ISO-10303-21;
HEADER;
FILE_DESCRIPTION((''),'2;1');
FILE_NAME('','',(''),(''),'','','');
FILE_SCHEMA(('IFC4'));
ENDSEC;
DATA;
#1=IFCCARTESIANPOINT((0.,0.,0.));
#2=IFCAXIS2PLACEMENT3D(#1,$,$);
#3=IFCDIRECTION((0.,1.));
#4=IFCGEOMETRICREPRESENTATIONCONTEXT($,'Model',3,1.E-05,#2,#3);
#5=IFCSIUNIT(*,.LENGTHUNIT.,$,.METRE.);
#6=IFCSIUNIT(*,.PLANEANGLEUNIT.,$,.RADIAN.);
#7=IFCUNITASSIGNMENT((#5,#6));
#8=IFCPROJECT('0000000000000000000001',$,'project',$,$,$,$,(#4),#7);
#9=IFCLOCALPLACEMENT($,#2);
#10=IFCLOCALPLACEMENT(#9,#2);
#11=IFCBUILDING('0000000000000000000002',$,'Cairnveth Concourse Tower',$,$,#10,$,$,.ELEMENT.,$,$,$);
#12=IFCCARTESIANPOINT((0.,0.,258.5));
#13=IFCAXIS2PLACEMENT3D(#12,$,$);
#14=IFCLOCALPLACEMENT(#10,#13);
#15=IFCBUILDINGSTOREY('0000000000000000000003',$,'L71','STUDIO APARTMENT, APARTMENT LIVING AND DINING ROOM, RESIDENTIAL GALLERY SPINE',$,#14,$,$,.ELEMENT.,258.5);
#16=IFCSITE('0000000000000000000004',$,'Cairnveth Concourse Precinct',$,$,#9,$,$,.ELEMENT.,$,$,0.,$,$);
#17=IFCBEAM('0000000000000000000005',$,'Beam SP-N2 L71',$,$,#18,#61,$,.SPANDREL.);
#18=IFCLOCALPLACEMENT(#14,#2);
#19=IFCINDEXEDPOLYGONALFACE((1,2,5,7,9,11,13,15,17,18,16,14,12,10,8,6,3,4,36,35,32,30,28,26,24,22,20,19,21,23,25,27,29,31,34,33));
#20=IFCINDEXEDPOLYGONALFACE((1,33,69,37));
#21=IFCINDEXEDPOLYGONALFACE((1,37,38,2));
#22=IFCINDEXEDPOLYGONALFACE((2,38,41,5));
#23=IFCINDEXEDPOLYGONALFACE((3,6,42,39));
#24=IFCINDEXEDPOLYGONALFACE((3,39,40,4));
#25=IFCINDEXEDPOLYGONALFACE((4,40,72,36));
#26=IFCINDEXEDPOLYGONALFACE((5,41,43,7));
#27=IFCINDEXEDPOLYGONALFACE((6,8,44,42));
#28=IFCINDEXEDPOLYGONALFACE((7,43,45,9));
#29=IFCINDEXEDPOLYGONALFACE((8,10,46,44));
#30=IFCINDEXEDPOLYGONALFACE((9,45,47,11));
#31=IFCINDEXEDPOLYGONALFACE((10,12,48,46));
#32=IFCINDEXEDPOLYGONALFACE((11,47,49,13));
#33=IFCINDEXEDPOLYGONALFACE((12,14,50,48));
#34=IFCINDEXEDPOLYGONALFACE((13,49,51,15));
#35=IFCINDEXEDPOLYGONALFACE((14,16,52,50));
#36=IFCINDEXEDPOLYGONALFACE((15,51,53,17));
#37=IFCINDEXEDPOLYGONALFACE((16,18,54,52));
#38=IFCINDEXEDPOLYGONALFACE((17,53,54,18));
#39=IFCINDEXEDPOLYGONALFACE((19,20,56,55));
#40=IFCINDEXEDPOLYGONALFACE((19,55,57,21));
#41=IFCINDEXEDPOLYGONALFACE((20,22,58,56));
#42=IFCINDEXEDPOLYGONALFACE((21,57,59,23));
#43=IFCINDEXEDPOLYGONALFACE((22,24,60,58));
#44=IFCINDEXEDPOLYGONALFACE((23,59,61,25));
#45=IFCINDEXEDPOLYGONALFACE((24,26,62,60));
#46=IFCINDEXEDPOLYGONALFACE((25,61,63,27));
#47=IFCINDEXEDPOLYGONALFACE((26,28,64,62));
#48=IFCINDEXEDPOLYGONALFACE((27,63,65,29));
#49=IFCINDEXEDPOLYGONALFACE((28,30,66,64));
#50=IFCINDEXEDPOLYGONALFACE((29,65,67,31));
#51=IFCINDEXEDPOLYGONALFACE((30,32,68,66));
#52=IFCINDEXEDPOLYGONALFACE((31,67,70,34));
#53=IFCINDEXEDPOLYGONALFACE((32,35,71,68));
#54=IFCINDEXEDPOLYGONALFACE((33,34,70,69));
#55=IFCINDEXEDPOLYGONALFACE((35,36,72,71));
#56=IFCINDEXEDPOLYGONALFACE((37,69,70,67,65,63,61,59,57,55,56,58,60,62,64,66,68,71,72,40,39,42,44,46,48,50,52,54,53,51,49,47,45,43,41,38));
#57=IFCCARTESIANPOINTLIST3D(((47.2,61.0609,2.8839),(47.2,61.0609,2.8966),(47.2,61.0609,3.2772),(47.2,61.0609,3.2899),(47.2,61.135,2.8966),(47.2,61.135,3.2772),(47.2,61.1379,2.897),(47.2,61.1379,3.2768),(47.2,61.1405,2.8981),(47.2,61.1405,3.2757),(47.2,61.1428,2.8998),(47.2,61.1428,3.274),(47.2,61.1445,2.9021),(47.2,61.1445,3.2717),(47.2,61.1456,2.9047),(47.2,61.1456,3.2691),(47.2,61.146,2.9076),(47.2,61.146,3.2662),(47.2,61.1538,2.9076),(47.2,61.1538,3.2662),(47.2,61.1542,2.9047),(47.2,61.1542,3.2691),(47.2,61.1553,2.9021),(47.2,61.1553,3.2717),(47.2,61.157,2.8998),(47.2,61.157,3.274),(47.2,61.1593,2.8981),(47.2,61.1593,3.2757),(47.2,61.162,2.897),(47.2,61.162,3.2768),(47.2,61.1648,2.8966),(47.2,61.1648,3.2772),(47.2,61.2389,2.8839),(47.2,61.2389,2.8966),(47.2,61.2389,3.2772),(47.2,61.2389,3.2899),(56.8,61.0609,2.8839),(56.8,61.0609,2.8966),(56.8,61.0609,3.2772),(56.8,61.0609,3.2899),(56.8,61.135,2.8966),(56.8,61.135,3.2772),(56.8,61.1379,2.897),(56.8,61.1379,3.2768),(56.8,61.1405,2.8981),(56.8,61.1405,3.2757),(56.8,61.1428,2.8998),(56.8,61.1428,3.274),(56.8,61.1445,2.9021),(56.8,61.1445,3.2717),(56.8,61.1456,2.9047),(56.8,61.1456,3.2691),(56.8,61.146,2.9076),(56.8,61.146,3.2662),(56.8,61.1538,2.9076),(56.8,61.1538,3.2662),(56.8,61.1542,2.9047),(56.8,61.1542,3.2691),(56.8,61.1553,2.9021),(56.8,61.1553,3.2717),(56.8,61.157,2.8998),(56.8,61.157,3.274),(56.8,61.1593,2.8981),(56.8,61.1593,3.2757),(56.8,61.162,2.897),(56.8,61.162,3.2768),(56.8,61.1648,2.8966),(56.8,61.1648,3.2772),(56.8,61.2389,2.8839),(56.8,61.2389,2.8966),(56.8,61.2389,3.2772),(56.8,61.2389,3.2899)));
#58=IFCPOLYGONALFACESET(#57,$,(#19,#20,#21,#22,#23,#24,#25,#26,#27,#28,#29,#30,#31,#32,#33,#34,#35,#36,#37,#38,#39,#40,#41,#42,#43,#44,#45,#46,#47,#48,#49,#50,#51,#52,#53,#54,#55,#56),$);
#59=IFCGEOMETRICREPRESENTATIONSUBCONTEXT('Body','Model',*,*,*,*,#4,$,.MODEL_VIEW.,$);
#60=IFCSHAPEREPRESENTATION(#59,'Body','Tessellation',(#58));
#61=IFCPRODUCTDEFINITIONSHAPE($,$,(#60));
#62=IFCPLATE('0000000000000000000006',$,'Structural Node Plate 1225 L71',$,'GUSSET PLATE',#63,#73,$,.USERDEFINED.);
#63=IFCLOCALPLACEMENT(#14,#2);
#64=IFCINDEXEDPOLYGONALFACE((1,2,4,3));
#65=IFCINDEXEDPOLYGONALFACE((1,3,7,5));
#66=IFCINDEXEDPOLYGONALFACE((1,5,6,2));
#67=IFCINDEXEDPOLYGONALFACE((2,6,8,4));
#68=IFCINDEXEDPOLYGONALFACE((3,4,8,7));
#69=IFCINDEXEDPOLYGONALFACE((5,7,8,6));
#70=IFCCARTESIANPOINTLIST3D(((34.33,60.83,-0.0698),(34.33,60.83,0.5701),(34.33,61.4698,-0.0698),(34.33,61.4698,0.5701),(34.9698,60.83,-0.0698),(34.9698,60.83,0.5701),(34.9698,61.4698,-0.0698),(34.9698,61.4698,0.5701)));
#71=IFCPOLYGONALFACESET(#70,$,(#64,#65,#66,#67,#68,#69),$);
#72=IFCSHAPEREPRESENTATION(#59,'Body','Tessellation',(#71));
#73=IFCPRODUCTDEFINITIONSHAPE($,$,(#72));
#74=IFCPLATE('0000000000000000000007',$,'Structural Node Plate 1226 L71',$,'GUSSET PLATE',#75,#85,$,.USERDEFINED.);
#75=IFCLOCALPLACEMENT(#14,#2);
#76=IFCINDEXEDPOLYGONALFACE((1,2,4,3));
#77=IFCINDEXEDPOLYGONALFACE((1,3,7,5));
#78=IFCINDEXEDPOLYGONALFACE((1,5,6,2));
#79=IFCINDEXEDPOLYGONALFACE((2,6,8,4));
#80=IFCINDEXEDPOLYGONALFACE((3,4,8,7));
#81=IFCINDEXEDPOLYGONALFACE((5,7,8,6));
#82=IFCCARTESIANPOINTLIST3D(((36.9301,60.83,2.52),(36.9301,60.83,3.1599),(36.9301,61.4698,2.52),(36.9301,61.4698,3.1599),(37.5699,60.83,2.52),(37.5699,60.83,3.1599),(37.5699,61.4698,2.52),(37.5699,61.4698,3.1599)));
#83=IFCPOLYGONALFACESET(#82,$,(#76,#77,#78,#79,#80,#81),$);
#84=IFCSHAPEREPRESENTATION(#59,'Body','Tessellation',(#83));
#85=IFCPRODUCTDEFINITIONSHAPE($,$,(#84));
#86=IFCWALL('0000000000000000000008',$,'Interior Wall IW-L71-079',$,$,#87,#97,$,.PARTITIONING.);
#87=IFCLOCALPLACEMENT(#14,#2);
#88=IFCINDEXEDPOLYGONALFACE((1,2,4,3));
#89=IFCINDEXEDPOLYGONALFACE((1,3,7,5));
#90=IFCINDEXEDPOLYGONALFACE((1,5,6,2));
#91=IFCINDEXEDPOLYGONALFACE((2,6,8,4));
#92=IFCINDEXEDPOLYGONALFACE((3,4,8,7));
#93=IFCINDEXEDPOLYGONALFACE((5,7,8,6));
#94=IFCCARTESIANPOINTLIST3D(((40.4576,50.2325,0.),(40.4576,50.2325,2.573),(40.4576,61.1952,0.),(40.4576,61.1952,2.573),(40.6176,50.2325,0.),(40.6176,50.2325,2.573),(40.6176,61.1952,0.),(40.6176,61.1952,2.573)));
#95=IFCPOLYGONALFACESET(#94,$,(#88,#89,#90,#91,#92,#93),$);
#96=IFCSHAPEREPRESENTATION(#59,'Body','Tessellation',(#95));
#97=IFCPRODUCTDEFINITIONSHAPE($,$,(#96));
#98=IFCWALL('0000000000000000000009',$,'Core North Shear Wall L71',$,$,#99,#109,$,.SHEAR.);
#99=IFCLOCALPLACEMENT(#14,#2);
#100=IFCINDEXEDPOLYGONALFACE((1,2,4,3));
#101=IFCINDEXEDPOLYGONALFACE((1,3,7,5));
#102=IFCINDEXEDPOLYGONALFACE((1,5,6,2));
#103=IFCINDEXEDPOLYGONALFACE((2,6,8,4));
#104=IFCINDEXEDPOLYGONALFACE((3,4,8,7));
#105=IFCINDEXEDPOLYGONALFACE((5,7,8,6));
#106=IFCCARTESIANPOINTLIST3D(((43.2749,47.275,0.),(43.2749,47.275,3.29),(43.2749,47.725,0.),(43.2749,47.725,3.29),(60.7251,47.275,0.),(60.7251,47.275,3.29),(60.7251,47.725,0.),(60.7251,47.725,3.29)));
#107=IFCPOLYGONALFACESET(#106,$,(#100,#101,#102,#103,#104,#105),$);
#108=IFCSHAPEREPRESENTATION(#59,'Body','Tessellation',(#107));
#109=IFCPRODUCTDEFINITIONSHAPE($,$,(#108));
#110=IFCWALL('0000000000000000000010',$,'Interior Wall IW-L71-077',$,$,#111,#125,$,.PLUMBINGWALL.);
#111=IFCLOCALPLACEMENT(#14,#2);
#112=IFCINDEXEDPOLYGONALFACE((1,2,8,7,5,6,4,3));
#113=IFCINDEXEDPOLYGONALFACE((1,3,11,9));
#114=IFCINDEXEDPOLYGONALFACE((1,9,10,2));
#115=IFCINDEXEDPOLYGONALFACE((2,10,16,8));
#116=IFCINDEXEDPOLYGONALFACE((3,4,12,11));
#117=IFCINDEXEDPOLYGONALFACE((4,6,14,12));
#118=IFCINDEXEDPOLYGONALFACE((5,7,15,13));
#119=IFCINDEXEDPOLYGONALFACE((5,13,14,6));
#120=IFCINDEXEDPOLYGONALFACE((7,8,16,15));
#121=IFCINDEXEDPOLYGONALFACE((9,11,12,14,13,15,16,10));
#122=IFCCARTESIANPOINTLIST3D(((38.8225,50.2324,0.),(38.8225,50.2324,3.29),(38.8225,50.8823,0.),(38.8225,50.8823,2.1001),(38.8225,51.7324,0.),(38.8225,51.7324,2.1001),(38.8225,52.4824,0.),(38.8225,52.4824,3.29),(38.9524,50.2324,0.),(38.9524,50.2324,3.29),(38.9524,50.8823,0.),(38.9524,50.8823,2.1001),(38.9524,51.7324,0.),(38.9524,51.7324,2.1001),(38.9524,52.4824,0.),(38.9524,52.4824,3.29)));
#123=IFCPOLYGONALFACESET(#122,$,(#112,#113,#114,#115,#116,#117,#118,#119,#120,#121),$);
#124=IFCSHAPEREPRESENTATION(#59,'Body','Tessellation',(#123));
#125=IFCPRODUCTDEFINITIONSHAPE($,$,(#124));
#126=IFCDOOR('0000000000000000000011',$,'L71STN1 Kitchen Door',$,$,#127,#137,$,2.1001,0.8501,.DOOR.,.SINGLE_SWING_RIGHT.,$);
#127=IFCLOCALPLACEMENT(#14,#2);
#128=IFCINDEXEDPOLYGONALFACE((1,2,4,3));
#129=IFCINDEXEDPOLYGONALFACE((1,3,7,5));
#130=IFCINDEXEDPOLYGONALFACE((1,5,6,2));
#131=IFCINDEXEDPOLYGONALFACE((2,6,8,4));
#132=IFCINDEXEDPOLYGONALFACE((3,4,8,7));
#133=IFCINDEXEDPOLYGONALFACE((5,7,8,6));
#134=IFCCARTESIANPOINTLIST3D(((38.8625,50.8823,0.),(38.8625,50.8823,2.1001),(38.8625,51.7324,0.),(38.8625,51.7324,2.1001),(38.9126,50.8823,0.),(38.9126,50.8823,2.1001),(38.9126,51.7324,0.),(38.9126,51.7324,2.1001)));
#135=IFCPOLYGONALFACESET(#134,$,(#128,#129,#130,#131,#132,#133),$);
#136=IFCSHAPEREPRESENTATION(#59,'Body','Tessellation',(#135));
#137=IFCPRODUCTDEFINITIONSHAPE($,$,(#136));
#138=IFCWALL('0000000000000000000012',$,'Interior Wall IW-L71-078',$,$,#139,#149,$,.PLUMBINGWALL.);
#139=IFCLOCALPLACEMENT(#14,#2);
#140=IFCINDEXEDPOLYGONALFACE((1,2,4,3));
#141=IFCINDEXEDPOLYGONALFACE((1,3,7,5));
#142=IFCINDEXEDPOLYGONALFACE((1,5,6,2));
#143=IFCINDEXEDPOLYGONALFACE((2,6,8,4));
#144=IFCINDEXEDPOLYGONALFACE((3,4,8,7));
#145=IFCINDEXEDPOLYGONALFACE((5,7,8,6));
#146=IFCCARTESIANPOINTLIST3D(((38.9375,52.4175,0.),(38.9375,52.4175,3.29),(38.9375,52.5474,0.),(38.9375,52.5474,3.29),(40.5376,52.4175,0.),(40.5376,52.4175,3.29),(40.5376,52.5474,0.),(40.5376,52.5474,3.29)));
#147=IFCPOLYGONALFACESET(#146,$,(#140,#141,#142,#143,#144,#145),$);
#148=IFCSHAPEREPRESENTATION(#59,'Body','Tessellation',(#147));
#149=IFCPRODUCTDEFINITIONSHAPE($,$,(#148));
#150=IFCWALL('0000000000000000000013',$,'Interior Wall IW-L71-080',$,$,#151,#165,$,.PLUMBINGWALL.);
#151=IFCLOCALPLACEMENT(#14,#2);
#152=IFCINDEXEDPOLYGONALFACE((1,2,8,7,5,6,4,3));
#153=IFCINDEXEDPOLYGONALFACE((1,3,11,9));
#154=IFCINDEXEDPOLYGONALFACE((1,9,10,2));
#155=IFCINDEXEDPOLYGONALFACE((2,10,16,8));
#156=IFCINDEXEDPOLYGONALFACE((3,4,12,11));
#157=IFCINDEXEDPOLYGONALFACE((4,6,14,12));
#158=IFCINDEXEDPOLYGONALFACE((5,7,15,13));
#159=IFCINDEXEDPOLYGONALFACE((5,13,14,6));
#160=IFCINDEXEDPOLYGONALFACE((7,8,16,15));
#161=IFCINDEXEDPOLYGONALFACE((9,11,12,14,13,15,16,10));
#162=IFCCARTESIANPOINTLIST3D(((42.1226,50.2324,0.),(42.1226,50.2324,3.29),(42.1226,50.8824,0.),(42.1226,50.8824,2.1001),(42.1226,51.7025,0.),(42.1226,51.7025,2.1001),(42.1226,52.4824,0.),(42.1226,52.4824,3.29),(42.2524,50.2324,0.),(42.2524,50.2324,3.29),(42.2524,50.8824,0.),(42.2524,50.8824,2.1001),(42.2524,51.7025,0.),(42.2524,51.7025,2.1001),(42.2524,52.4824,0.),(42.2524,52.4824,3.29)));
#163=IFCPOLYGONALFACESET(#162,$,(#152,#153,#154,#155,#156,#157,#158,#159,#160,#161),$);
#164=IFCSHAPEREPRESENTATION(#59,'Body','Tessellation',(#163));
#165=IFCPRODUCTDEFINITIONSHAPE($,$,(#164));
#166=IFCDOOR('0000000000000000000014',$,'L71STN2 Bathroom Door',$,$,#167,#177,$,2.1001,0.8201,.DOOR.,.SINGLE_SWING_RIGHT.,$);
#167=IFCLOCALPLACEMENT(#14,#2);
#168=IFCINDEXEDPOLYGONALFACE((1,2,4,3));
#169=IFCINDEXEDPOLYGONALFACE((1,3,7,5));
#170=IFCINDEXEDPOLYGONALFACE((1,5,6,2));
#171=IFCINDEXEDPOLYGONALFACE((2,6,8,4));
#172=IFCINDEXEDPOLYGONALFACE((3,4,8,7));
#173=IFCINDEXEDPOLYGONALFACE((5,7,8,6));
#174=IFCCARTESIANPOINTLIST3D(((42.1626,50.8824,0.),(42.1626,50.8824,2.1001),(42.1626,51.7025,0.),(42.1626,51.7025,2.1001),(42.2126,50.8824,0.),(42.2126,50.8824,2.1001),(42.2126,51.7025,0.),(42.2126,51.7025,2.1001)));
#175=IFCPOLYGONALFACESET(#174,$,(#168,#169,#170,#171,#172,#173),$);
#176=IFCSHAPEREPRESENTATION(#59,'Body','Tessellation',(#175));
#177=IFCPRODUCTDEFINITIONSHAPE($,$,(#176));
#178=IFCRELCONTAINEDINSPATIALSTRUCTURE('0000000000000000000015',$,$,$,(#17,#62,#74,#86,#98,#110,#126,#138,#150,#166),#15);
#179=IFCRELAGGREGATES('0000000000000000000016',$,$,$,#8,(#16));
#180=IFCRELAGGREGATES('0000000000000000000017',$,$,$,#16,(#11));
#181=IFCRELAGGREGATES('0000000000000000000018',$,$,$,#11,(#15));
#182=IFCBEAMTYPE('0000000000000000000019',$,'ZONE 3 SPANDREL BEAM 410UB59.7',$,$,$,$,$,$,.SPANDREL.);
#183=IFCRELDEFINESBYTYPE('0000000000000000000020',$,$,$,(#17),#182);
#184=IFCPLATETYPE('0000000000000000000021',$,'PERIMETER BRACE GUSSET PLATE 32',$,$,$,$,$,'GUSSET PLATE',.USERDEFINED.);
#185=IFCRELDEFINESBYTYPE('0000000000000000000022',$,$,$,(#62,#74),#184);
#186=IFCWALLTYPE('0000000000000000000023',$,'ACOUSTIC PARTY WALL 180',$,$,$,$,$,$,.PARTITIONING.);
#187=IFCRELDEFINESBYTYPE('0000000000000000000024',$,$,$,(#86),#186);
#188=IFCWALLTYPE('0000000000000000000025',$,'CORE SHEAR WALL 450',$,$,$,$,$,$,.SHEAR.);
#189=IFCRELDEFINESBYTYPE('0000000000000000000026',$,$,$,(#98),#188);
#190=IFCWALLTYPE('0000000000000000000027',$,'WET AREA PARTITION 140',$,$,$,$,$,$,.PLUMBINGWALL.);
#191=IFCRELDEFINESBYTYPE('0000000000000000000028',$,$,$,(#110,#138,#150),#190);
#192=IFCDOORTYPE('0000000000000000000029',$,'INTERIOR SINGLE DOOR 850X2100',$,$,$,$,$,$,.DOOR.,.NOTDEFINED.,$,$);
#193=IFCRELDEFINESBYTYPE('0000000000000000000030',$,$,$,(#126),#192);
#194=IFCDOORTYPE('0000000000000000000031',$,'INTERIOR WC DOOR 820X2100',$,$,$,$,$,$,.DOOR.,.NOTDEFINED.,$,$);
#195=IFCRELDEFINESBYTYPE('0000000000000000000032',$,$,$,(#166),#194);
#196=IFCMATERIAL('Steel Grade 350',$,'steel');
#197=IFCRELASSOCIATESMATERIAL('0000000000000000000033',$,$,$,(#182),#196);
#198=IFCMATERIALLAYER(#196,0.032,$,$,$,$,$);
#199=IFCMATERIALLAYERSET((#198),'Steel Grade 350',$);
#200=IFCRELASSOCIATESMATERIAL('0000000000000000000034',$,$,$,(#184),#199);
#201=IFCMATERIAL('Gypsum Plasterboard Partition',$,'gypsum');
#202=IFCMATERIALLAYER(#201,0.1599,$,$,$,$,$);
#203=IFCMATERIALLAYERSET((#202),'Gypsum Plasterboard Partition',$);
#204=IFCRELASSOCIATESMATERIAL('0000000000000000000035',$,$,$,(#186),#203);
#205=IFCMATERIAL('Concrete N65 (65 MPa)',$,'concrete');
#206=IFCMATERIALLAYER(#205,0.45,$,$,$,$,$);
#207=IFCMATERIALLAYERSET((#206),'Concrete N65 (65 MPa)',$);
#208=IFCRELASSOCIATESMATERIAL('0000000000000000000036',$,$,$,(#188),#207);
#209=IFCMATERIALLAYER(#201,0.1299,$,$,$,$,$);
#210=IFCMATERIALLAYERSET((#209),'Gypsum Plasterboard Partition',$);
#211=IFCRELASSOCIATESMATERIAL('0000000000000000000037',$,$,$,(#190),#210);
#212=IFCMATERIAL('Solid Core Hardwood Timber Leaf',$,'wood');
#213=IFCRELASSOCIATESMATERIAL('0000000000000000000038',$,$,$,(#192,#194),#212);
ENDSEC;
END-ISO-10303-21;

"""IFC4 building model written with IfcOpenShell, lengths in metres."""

from ifc_helpers import new_model, si_unit, direction, frame, frame_2d, origin, origin_2d, place, context, subcontext, project, spatial, rectangle, i_section, extrude, material, layer, layer_set, material_profile, profile_set, type_object, element, fill, save


model = new_model("IFC4")

# Units and contexts
model_context = context("Model", 3, precision=1e-05, world=origin(), true_north=direction((0.0, 1.0)))
body_context = subcontext(model_context, "Body", "Model", "MODEL_VIEW")
ifc_project = project(units=[si_unit("LENGTHUNIT", "METRE"), si_unit("PLANEANGLEUNIT", "RADIAN")], contexts=[model_context])

# Site, building, storey
site_placement = place(None, origin())
site = spatial("IfcSite", under=ifc_project, at=site_placement, Name="Cairnveth Concourse Precinct", CompositionType="ELEMENT", RefElevation=0.0)
building_placement = place(site_placement, origin())
building = spatial("IfcBuilding", under=site, at=building_placement, Name="Cairnveth Concourse Tower", CompositionType="ELEMENT")
storey_placement = place(building_placement, frame((0.0, 0.0, 258.5)))
storey = spatial("IfcBuildingStorey", under=building, at=storey_placement, Name="L71", Description="STUDIO APARTMENT, APARTMENT LIVING AND DINING ROOM, RESIDENTIAL GALLERY SPINE", CompositionType="ELEMENT", Elevation=258.5)

# Shared definitions
ifc_material_1 = material(Name="Concrete N65 (65 MPa)", Category="concrete")

# Shared definitions
ifc_material_2 = material(Name="Steel Grade 350", Category="steel")

# Beam
ifc_material_profile_1 = material_profile(ifc_material_2, i_section(OverallWidth=0.178, OverallDepth=0.406, WebThickness=0.0078, FlangeThickness=0.0127, FilletRadius=0.011, at=origin_2d()), Name="410UB59.7")
ifc_profile_set_1 = profile_set([ifc_material_profile_1], Name="Steel Grade 350")
beam_type_1 = type_object("IfcBeamType", Name="ZONE 3 SPANDREL BEAM 410UB59.7", PredefinedType="SPANDREL", material=ifc_profile_set_1)
beam_1_placement = place(storey_placement, frame((47.2, 61.1499, 3.0869), z_axis=(1.0, 0.0, 0.0), x_axis=(0.0, 1.0, 0.0)))
element("IfcBeam", 1, at=beam_1_placement, inside=storey, type_object=beam_type_1, Name="Beam SP-N2 L71", PredefinedType="SPANDREL", context=body_context, shape_type="SweptSolid", body=[
    extrude(i_section(OverallWidth=0.178, OverallDepth=0.406, WebThickness=0.0078, FlangeThickness=0.0127, FilletRadius=0.011, at=origin_2d()), origin(), (0.0, 0.0, 1.0), 9.6001),
])

# Plates
ifc_layer_1 = layer(ifc_material_2, 0.032)
ifc_layer_set_1 = layer_set([ifc_layer_1], Name="Steel Grade 350")
plate_type = type_object("IfcPlateType", Name="PERIMETER BRACE GUSSET PLATE 32", ElementType="GUSSET PLATE", PredefinedType="USERDEFINED", material=ifc_layer_set_1)
for number, where, z_axis, x_axis, name in (
    (2, (34.6499, 61.1499, -0.0698), (0.0, 0.0, 1.0), (1.0, 0.0, 0.0), "Structural Node Plate 1225 L71"),
    (3, (37.25, 61.1499, 2.52), (0.0, 0.0, 1.0), (1.0, 0.0, 0.0), "Structural Node Plate 1226 L71"),
):
    element("IfcPlate", number, at=place(storey_placement, frame(where, z_axis=z_axis, x_axis=x_axis)), inside=storey, type_object=plate_type, Name=name, ObjectType="GUSSET PLATE", PredefinedType="USERDEFINED", context=body_context, shape_type="SweptSolid", body=[
        extrude(rectangle(XDim=0.6399, YDim=0.6399, at=origin_2d()), origin(), (0.0, 0.0, 1.0), 0.6399),
    ])

# Walls
ifc_material_3 = material(Name="Gypsum Plasterboard Partition", Category="gypsum")
ifc_layer_2 = layer(ifc_material_3, 0.1599)
ifc_layer_set_2 = layer_set([ifc_layer_2], Name="Gypsum Plasterboard Partition")
wall_type_1 = type_object("IfcWallType", Name="ACOUSTIC PARTY WALL 180", PredefinedType="PARTITIONING", material=ifc_layer_set_2)
wall_1_placement = place(storey_placement, frame((40.5376, 50.2324, 0.0), z_axis=(0.0, 0.0, 1.0), x_axis=(0.0, 1.0, 0.0)))
element("IfcWall", 4, at=wall_1_placement, inside=storey, type_object=wall_type_1, Name="Interior Wall IW-L71-079", PredefinedType="PARTITIONING", context=body_context, shape_type="SweptSolid", body=[
    extrude(rectangle(XDim=10.9626, YDim=0.1599, at=frame_2d((5.4814, 0.0))), origin(), (0.0, 0.0, 1.0), 2.573),
])
ifc_layer_3 = layer(ifc_material_1, 0.45)
ifc_layer_set_3 = layer_set([ifc_layer_3], Name="Concrete N65 (65 MPa)")
wall_type_2 = type_object("IfcWallType", Name="CORE SHEAR WALL 450", PredefinedType="SHEAR", material=ifc_layer_set_3)
wall_2_placement = place(storey_placement, frame((43.2749, 47.5, 0.0), z_axis=(0.0, 0.0, 1.0), x_axis=(1.0, 0.0, 0.0)))
element("IfcWall", 5, at=wall_2_placement, inside=storey, type_object=wall_type_2, Name="Core North Shear Wall L71", PredefinedType="SHEAR", context=body_context, shape_type="SweptSolid", body=[
    extrude(rectangle(XDim=17.4502, YDim=0.45, at=frame_2d((8.7251, 0.0))), origin(), (0.0, 0.0, 1.0), 3.29),
])

# Wall, opening, door
ifc_layer_4 = layer(ifc_material_3, 0.1299)
ifc_layer_set_4 = layer_set([ifc_layer_4], Name="Gypsum Plasterboard Partition")
wall_type_3 = type_object("IfcWallType", Name="WET AREA PARTITION 140", PredefinedType="PLUMBINGWALL", material=ifc_layer_set_4)
wall_3_placement = place(storey_placement, frame((38.8875, 50.2324, 0.0), z_axis=(0.0, 0.0, 1.0), x_axis=(0.0, 1.0, 0.0)))
wall_3 = element("IfcWall", 6, at=wall_3_placement, inside=storey, type_object=wall_type_3, Name="Interior Wall IW-L71-077", PredefinedType="PLUMBINGWALL", context=body_context, shape_type="SweptSolid", body=[
    extrude(rectangle(XDim=2.25, YDim=0.1299, at=frame_2d((1.125, 0.0))), origin(), (0.0, 0.0, 1.0), 3.29),
])
opening_1_placement = place(wall_3_placement, frame((0.6499, 0.0, 0.0)))
opening_1 = element("IfcOpeningElement", 7, at=opening_1_placement, cuts=wall_3, PredefinedType="OPENING", context=body_context, shape_type="SweptSolid", body=[
    extrude(rectangle(XDim=0.8501, YDim=2.1001, at=frame_2d((0.425, 1.05))), frame((0.0, 0.075, 0.0), z_axis=(0.0, -1.0, 0.0), x_axis=(1.0, 0.0, 0.0)), (0.0, 0.0, 1.0), 0.1499),
])
ifc_material_4 = material(Name="Solid Core Hardwood Timber Leaf", Category="wood")
door_type_1 = type_object("IfcDoorType", Name="INTERIOR SINGLE DOOR 850X2100", OperationType="NOTDEFINED", PredefinedType="DOOR", material=ifc_material_4)
door_1_placement = place(opening_1_placement, origin())
door_1 = element("IfcDoor", 8, at=door_1_placement, inside=storey, type_object=door_type_1, Name="L71STN1 Kitchen Door", OperationType="SINGLE_SWING_RIGHT", OverallHeight=2.1001, OverallWidth=0.8501, PredefinedType="DOOR", context=body_context, shape_type="SweptSolid", body=[
    extrude(rectangle(XDim=0.8501, YDim=2.1001, at=frame_2d((0.425, 1.05))), frame((0.0, 0.0249, 0.0), z_axis=(0.0, -1.0, 0.0), x_axis=(1.0, 0.0, 0.0)), (0.0, 0.0, 1.0), 0.05),
])
fill(opening_1, door_1)

# Wall
wall_4_placement = place(storey_placement, frame((38.9375, 52.4824, 0.0), z_axis=(0.0, 0.0, 1.0), x_axis=(1.0, 0.0, 0.0)))
element("IfcWall", 9, at=wall_4_placement, inside=storey, type_object=wall_type_3, Name="Interior Wall IW-L71-078", PredefinedType="PLUMBINGWALL", context=body_context, shape_type="SweptSolid", body=[
    extrude(rectangle(XDim=1.6001, YDim=0.1299, at=frame_2d((0.8, 0.0))), origin(), (0.0, 0.0, 1.0), 3.29),
])

# Wall, opening, door
wall_5_placement = place(storey_placement, frame((42.1875, 50.2324, 0.0), z_axis=(0.0, 0.0, 1.0), x_axis=(0.0, 1.0, 0.0)))
wall_5 = element("IfcWall", 10, at=wall_5_placement, inside=storey, type_object=wall_type_3, Name="Interior Wall IW-L71-080", PredefinedType="PLUMBINGWALL", context=body_context, shape_type="SweptSolid", body=[
    extrude(rectangle(XDim=2.25, YDim=0.1299, at=frame_2d((1.125, 0.0))), origin(), (0.0, 0.0, 1.0), 3.29),
])
opening_2_placement = place(wall_5_placement, frame((0.6499, 0.0, 0.0)))
opening_2 = element("IfcOpeningElement", 11, at=opening_2_placement, cuts=wall_5, PredefinedType="OPENING", context=body_context, shape_type="SweptSolid", body=[
    extrude(rectangle(XDim=0.8201, YDim=2.1001, at=frame_2d((0.4102, 1.05))), frame((0.0, 0.075, 0.0), z_axis=(0.0, -1.0, 0.0), x_axis=(1.0, 0.0, 0.0)), (0.0, 0.0, 1.0), 0.1499),
])
door_type_2 = type_object("IfcDoorType", Name="INTERIOR WC DOOR 820X2100", OperationType="NOTDEFINED", PredefinedType="DOOR", material=ifc_material_4)
door_2_placement = place(opening_2_placement, origin())
door_2 = element("IfcDoor", 12, at=door_2_placement, inside=storey, type_object=door_type_2, Name="L71STN2 Bathroom Door", OperationType="SINGLE_SWING_RIGHT", OverallHeight=2.1001, OverallWidth=0.8201, PredefinedType="DOOR", context=body_context, shape_type="SweptSolid", body=[
    extrude(rectangle(XDim=0.8201, YDim=2.1001, at=frame_2d((0.4102, 1.05))), frame((0.0, 0.0249, 0.0), z_axis=(0.0, -1.0, 0.0), x_axis=(1.0, 0.0, 0.0)), (0.0, 0.0, 1.0), 0.05),
])
fill(opening_2, door_2)

save(model, "model.ifc")
